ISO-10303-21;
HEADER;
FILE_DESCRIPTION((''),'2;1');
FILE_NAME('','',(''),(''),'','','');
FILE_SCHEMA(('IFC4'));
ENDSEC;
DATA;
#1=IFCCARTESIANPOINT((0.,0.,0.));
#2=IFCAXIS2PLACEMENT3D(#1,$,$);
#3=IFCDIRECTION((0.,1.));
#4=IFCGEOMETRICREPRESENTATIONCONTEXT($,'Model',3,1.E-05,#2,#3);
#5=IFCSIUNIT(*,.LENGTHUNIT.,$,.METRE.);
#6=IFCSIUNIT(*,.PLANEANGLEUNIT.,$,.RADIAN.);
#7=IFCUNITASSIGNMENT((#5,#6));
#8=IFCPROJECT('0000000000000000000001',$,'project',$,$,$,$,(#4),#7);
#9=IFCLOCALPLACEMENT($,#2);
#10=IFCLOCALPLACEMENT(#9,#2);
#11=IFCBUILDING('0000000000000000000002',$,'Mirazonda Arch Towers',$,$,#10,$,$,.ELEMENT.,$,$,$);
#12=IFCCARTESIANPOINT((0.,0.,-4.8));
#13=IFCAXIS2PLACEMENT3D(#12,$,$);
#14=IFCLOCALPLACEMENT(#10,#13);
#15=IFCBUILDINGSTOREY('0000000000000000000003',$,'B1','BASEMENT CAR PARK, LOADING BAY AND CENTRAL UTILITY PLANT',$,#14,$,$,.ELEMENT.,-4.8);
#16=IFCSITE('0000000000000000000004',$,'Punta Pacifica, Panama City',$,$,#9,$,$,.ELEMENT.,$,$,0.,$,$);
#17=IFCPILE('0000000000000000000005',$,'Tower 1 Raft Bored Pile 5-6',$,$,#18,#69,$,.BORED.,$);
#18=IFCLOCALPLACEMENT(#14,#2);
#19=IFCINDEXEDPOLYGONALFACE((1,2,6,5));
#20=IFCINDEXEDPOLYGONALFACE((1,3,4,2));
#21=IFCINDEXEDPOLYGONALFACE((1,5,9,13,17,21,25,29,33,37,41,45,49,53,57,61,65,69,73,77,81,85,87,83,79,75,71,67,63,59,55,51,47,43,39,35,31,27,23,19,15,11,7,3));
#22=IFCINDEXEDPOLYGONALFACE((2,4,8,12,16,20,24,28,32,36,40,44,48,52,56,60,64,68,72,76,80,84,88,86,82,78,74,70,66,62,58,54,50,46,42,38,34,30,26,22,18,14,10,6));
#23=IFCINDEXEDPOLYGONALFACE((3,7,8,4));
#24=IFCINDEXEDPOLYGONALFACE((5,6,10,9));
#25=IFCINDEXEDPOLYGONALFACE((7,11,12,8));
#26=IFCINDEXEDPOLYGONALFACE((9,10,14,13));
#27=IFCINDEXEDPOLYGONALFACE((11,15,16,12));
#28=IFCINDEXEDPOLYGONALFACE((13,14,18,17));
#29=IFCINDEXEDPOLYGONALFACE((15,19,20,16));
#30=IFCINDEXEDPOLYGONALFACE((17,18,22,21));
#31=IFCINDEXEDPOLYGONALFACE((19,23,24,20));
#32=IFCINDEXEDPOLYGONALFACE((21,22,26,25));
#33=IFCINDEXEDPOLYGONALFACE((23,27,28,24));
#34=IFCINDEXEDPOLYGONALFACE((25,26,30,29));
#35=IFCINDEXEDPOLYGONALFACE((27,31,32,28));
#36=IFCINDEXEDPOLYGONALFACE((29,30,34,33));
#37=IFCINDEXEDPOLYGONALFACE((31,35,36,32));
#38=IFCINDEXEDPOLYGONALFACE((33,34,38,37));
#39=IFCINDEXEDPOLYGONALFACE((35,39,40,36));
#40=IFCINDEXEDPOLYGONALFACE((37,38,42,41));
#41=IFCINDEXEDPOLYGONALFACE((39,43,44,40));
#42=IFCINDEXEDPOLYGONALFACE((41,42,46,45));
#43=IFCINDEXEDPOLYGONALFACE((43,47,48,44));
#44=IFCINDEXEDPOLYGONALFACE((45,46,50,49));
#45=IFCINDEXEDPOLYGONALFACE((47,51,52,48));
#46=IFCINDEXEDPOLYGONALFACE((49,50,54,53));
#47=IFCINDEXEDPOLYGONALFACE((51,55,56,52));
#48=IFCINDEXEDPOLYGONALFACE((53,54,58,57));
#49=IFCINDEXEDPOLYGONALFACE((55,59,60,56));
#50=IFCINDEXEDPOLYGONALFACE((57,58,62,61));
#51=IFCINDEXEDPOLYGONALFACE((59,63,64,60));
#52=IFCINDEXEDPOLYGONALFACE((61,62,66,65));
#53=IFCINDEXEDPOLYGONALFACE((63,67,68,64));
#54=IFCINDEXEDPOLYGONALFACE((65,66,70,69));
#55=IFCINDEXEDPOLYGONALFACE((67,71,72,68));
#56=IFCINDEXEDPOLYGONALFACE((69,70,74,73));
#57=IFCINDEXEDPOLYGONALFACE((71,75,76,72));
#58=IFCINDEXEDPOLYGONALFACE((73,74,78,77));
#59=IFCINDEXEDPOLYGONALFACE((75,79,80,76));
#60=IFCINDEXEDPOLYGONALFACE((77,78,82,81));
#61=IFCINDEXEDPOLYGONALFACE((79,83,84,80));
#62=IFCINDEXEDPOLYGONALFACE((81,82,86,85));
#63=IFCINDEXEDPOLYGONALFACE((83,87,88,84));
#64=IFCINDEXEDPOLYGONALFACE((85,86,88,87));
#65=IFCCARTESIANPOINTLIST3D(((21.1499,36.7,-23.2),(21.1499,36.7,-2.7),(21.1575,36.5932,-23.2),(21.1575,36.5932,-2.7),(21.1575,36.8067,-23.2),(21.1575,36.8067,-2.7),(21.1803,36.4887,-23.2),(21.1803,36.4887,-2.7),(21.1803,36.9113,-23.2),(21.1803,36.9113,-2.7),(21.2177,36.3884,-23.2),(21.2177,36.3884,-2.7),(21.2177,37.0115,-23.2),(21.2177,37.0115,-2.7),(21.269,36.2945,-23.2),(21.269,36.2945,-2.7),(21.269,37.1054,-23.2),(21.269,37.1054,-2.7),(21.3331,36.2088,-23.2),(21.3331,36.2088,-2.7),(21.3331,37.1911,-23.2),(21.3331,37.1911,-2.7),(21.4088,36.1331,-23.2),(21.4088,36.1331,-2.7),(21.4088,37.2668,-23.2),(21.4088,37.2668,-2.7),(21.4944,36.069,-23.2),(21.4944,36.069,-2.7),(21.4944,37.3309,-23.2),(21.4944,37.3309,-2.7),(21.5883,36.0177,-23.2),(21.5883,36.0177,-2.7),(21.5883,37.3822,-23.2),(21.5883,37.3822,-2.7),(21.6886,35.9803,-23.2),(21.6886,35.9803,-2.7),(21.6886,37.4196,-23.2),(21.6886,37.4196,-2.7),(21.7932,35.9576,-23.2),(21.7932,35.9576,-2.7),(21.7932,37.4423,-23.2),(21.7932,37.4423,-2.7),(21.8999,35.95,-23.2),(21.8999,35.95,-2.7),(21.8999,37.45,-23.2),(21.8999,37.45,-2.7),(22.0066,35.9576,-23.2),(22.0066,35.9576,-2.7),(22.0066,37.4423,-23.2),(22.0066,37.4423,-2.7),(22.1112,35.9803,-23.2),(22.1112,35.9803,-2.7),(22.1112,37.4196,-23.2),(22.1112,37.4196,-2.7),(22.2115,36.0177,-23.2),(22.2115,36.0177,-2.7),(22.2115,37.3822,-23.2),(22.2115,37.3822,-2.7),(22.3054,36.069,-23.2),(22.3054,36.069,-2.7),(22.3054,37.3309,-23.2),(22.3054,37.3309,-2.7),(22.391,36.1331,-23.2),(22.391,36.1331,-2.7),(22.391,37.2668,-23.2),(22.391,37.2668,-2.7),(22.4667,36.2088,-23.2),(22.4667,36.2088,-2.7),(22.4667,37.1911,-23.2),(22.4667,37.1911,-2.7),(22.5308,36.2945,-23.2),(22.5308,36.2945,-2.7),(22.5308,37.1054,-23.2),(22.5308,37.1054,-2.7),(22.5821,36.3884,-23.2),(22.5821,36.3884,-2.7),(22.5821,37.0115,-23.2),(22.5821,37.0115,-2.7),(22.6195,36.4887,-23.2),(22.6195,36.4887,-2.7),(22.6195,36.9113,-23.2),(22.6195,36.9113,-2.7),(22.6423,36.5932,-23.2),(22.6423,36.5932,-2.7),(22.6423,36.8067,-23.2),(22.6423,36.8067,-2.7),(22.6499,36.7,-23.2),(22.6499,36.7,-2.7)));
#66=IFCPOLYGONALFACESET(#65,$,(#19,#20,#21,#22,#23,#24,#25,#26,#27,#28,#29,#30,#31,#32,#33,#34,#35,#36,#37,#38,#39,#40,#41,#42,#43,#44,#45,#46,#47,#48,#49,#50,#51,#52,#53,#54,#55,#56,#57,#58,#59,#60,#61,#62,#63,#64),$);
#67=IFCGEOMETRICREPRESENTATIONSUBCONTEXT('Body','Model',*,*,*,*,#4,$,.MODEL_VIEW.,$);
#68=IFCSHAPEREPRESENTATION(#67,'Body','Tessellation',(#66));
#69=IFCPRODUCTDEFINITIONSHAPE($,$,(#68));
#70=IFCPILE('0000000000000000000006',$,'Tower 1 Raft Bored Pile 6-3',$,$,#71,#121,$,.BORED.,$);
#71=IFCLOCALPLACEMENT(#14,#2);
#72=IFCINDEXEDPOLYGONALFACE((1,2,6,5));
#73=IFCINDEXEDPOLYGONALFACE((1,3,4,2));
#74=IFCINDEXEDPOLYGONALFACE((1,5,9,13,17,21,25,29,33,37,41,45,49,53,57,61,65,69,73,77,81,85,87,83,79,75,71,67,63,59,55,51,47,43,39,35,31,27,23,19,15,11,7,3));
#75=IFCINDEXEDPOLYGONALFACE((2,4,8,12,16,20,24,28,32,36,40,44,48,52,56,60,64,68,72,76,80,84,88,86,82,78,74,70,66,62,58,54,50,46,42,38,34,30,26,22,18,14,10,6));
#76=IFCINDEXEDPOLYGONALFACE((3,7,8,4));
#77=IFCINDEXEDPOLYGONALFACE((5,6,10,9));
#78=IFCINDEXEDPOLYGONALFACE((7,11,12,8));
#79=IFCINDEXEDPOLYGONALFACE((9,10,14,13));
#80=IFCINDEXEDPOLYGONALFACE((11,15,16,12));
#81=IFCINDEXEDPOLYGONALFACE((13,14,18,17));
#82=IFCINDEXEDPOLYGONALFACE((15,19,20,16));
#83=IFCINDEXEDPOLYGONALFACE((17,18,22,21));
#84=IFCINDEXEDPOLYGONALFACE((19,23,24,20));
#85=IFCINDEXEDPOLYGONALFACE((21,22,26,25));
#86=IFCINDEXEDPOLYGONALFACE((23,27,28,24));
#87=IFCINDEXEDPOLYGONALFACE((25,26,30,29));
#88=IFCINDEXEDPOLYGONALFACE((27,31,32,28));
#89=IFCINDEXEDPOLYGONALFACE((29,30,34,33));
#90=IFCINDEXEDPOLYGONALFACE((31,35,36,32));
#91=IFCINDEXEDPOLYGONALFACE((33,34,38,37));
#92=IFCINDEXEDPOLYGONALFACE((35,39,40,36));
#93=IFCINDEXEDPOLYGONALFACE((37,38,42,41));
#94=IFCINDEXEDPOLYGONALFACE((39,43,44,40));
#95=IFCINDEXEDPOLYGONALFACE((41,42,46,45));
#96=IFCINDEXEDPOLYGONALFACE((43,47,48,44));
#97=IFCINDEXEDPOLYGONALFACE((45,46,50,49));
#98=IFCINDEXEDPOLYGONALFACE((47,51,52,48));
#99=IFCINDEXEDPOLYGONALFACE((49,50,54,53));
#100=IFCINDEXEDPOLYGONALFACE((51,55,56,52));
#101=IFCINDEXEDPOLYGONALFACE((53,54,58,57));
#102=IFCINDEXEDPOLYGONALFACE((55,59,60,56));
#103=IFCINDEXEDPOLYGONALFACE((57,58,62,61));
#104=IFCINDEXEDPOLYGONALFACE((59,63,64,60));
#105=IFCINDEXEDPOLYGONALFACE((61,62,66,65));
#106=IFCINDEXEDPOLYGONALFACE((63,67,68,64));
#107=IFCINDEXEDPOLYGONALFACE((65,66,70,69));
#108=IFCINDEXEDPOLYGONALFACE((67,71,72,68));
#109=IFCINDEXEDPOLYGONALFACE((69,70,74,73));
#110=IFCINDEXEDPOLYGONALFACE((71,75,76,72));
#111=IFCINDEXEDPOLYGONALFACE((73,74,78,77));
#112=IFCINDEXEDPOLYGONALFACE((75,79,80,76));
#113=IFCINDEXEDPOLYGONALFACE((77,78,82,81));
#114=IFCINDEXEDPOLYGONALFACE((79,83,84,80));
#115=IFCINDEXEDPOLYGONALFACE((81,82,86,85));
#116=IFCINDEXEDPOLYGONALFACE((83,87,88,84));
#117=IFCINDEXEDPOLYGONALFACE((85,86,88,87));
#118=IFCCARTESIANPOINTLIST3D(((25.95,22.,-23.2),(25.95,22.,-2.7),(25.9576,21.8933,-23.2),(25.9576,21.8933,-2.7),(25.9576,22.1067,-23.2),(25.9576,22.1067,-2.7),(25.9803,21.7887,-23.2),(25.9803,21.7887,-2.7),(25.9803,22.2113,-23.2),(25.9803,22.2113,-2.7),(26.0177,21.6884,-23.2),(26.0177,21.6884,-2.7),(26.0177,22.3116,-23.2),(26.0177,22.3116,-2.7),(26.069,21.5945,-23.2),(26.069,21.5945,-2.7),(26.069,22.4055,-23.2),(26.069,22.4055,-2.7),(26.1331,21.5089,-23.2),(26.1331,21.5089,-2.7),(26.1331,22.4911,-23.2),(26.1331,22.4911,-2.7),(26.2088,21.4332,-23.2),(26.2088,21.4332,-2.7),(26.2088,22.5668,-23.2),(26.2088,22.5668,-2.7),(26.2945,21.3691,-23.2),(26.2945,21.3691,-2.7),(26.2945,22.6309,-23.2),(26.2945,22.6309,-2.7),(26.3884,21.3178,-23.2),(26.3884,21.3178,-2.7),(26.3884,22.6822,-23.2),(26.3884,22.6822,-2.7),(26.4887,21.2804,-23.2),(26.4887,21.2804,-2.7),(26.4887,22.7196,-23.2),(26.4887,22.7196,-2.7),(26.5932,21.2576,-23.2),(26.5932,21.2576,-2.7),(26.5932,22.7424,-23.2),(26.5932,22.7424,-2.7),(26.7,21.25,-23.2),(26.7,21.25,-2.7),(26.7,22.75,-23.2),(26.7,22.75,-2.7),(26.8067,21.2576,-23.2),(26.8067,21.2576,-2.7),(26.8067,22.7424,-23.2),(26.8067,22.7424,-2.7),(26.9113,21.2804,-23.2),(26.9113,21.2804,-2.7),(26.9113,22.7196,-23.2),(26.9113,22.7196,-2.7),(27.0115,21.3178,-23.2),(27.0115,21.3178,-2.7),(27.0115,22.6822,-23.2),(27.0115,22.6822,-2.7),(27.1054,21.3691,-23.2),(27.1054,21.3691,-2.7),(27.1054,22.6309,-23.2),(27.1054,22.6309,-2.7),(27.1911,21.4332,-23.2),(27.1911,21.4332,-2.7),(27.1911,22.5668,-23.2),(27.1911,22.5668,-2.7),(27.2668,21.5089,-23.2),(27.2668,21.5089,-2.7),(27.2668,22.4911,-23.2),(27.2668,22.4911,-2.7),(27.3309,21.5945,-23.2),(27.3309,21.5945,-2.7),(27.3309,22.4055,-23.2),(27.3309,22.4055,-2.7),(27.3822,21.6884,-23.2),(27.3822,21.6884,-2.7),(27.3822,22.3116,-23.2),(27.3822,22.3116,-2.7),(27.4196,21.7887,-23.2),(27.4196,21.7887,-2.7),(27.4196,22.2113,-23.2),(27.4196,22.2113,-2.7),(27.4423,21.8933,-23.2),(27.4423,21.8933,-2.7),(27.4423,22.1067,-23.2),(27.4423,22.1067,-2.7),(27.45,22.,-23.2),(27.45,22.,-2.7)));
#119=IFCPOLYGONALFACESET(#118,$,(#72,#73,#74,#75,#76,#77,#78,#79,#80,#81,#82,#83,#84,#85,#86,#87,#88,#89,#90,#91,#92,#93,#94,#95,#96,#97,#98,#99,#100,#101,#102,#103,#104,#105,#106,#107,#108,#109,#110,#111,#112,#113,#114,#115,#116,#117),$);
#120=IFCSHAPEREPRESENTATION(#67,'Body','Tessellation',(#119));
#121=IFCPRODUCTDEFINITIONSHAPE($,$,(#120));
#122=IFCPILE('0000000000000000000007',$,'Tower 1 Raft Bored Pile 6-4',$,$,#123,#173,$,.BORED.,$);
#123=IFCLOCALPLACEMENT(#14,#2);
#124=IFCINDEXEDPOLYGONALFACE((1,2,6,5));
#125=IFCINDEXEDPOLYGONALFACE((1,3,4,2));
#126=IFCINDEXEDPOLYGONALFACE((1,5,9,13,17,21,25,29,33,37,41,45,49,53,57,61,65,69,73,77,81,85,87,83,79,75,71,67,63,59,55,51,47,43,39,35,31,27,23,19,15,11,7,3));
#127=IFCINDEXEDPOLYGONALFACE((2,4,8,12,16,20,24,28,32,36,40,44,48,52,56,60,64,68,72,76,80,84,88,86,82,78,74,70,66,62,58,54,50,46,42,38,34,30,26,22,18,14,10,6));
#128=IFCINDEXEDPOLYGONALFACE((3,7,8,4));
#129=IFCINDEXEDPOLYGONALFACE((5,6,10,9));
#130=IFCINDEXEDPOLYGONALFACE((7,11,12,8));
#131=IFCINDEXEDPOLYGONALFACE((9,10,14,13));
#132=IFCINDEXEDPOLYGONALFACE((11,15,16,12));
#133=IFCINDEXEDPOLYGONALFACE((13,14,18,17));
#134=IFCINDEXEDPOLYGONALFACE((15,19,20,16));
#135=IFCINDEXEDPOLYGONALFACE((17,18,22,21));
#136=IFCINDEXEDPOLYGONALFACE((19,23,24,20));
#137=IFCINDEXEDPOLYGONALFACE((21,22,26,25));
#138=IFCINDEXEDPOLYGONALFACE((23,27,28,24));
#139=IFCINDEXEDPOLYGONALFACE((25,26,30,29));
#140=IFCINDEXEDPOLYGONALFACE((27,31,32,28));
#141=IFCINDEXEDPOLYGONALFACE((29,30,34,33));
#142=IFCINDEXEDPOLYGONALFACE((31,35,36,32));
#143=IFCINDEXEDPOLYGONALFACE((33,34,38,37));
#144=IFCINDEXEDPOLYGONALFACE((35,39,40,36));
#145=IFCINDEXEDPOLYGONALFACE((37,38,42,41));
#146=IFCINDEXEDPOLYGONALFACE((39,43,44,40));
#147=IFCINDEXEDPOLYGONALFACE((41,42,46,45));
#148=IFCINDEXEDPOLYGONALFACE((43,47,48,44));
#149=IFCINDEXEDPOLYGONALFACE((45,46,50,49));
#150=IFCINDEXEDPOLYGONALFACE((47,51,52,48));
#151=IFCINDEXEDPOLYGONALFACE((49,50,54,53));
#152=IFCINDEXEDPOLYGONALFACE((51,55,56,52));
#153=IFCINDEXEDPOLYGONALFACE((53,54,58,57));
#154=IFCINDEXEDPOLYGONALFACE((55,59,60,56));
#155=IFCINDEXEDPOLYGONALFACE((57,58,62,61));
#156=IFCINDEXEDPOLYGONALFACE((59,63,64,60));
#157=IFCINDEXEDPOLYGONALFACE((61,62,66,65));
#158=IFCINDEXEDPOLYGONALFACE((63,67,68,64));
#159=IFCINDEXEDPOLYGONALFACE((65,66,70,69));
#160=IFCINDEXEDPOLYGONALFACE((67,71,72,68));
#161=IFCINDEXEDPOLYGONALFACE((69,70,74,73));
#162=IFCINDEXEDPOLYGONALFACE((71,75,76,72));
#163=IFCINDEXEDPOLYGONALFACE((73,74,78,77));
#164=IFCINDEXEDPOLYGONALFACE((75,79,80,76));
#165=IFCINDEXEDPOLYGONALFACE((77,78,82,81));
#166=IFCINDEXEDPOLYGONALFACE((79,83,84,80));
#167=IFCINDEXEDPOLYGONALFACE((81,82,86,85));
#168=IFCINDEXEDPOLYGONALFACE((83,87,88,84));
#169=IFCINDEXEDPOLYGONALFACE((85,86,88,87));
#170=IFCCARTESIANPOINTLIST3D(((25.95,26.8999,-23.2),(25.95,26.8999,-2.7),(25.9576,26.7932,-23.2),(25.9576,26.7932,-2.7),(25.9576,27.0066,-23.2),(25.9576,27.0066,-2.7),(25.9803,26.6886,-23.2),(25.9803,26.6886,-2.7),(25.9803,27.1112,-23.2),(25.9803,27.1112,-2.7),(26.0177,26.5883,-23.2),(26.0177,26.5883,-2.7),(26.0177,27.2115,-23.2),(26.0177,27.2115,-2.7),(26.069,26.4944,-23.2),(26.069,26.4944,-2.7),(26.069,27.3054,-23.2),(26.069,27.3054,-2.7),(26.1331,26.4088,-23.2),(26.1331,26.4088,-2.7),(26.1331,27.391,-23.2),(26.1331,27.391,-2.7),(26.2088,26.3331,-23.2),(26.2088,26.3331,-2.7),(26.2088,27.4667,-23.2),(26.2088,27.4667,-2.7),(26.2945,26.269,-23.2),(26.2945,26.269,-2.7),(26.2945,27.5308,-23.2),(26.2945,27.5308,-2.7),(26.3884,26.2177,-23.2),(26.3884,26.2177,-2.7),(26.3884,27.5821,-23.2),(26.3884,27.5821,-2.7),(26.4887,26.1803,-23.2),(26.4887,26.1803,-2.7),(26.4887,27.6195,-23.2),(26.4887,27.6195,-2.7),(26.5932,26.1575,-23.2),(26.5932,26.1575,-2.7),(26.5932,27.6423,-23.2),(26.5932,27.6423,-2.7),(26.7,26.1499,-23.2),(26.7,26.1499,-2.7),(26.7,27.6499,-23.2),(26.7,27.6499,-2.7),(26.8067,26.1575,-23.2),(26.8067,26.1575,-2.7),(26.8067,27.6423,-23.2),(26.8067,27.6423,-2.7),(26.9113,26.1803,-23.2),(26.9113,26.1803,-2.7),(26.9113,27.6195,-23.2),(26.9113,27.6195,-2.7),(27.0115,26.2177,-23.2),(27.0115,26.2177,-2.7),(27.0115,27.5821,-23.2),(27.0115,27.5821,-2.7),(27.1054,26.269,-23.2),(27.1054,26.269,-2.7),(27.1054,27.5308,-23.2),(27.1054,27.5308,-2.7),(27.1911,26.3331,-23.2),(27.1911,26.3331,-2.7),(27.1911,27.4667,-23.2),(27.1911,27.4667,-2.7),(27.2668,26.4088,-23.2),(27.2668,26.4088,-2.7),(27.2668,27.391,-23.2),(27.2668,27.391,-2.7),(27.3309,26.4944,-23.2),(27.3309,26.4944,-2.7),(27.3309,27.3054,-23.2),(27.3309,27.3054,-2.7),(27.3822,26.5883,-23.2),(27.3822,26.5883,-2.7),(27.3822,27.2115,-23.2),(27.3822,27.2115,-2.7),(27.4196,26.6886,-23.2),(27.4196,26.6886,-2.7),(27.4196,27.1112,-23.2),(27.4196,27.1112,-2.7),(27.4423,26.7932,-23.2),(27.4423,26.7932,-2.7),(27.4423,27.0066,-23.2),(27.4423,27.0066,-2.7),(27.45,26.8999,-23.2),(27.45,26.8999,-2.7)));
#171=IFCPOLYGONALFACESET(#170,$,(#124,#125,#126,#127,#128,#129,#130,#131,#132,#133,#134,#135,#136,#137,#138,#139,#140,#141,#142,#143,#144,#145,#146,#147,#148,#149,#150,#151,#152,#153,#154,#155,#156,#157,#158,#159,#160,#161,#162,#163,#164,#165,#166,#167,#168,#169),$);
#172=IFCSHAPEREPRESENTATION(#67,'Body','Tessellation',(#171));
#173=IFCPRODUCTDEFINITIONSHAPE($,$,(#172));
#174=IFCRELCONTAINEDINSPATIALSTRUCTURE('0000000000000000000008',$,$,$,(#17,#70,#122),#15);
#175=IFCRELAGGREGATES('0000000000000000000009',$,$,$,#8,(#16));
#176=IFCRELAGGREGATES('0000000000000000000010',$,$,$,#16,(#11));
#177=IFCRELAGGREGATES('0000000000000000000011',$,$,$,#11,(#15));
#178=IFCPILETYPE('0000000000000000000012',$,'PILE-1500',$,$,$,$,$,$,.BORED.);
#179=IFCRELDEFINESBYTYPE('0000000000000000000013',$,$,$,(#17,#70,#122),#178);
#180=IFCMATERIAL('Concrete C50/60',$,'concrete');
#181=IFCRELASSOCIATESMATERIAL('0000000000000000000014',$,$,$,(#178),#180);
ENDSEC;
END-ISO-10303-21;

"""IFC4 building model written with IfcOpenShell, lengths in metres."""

from ifc_helpers import new_model, si_unit, direction, frame, origin, origin_2d, place, context, subcontext, project, spatial, circle, extrude, material, material_profile, profile_set, type_object, element, save


model = new_model("IFC4")

# Units and contexts
model_context = context("Model", 3, precision=1e-05, world=origin(), true_north=direction((0.0, 1.0)))
body_context = subcontext(model_context, "Body", "Model", "MODEL_VIEW")
ifc_project = project(units=[si_unit("LENGTHUNIT", "METRE"), si_unit("PLANEANGLEUNIT", "RADIAN")], contexts=[model_context])

# Site, building, storey
site_placement = place(None, origin())
site = spatial("IfcSite", under=ifc_project, at=site_placement, Name="Punta Pacifica, Panama City", CompositionType="ELEMENT", RefElevation=0.0)
building_placement = place(site_placement, origin())
building = spatial("IfcBuilding", under=site, at=building_placement, Name="Mirazonda Arch Towers", CompositionType="ELEMENT")
storey_placement = place(building_placement, frame((0.0, 0.0, -4.8)))
storey = spatial("IfcBuildingStorey", under=building, at=storey_placement, Name="B1", Description="BASEMENT CAR PARK, LOADING BAY AND CENTRAL UTILITY PLANT", CompositionType="ELEMENT", Elevation=-4.8)

# Piles
ifc_material_1 = material(Name="Concrete C50/60", Category="concrete")
ifc_material_profile_1 = material_profile(ifc_material_1, circle(Radius=0.75, at=origin_2d()), Name="BORED-D1500")
ifc_profile_set_1 = profile_set([ifc_material_profile_1], Name="Concrete C50/60")
pile_type = type_object("IfcPileType", Name="PILE-1500", PredefinedType="BORED", material=ifc_profile_set_1)
for number, where, z_axis, x_axis, name in (
    (1, (21.8999, 36.7, -2.7), (0.0, 0.0, -1.0), (1.0, 0.0, 0.0), "Tower 1 Raft Bored Pile 5-6"),
    (2, (26.7, 22.0, -2.7), (0.0, 0.0, -1.0), (1.0, 0.0, 0.0), "Tower 1 Raft Bored Pile 6-3"),
    (3, (26.7, 26.8999, -2.7), (0.0, 0.0, -1.0), (1.0, 0.0, 0.0), "Tower 1 Raft Bored Pile 6-4"),
):
    element("IfcPile", number, at=place(storey_placement, frame(where, z_axis=z_axis, x_axis=x_axis)), inside=storey, type_object=pile_type, Name=name, PredefinedType="BORED", context=body_context, shape_type="SweptSolid", body=[
        extrude(circle(Radius=0.75, at=origin_2d()), origin(), (0.0, 0.0, 1.0), 20.5),
    ])

save(model, "model.ifc")
